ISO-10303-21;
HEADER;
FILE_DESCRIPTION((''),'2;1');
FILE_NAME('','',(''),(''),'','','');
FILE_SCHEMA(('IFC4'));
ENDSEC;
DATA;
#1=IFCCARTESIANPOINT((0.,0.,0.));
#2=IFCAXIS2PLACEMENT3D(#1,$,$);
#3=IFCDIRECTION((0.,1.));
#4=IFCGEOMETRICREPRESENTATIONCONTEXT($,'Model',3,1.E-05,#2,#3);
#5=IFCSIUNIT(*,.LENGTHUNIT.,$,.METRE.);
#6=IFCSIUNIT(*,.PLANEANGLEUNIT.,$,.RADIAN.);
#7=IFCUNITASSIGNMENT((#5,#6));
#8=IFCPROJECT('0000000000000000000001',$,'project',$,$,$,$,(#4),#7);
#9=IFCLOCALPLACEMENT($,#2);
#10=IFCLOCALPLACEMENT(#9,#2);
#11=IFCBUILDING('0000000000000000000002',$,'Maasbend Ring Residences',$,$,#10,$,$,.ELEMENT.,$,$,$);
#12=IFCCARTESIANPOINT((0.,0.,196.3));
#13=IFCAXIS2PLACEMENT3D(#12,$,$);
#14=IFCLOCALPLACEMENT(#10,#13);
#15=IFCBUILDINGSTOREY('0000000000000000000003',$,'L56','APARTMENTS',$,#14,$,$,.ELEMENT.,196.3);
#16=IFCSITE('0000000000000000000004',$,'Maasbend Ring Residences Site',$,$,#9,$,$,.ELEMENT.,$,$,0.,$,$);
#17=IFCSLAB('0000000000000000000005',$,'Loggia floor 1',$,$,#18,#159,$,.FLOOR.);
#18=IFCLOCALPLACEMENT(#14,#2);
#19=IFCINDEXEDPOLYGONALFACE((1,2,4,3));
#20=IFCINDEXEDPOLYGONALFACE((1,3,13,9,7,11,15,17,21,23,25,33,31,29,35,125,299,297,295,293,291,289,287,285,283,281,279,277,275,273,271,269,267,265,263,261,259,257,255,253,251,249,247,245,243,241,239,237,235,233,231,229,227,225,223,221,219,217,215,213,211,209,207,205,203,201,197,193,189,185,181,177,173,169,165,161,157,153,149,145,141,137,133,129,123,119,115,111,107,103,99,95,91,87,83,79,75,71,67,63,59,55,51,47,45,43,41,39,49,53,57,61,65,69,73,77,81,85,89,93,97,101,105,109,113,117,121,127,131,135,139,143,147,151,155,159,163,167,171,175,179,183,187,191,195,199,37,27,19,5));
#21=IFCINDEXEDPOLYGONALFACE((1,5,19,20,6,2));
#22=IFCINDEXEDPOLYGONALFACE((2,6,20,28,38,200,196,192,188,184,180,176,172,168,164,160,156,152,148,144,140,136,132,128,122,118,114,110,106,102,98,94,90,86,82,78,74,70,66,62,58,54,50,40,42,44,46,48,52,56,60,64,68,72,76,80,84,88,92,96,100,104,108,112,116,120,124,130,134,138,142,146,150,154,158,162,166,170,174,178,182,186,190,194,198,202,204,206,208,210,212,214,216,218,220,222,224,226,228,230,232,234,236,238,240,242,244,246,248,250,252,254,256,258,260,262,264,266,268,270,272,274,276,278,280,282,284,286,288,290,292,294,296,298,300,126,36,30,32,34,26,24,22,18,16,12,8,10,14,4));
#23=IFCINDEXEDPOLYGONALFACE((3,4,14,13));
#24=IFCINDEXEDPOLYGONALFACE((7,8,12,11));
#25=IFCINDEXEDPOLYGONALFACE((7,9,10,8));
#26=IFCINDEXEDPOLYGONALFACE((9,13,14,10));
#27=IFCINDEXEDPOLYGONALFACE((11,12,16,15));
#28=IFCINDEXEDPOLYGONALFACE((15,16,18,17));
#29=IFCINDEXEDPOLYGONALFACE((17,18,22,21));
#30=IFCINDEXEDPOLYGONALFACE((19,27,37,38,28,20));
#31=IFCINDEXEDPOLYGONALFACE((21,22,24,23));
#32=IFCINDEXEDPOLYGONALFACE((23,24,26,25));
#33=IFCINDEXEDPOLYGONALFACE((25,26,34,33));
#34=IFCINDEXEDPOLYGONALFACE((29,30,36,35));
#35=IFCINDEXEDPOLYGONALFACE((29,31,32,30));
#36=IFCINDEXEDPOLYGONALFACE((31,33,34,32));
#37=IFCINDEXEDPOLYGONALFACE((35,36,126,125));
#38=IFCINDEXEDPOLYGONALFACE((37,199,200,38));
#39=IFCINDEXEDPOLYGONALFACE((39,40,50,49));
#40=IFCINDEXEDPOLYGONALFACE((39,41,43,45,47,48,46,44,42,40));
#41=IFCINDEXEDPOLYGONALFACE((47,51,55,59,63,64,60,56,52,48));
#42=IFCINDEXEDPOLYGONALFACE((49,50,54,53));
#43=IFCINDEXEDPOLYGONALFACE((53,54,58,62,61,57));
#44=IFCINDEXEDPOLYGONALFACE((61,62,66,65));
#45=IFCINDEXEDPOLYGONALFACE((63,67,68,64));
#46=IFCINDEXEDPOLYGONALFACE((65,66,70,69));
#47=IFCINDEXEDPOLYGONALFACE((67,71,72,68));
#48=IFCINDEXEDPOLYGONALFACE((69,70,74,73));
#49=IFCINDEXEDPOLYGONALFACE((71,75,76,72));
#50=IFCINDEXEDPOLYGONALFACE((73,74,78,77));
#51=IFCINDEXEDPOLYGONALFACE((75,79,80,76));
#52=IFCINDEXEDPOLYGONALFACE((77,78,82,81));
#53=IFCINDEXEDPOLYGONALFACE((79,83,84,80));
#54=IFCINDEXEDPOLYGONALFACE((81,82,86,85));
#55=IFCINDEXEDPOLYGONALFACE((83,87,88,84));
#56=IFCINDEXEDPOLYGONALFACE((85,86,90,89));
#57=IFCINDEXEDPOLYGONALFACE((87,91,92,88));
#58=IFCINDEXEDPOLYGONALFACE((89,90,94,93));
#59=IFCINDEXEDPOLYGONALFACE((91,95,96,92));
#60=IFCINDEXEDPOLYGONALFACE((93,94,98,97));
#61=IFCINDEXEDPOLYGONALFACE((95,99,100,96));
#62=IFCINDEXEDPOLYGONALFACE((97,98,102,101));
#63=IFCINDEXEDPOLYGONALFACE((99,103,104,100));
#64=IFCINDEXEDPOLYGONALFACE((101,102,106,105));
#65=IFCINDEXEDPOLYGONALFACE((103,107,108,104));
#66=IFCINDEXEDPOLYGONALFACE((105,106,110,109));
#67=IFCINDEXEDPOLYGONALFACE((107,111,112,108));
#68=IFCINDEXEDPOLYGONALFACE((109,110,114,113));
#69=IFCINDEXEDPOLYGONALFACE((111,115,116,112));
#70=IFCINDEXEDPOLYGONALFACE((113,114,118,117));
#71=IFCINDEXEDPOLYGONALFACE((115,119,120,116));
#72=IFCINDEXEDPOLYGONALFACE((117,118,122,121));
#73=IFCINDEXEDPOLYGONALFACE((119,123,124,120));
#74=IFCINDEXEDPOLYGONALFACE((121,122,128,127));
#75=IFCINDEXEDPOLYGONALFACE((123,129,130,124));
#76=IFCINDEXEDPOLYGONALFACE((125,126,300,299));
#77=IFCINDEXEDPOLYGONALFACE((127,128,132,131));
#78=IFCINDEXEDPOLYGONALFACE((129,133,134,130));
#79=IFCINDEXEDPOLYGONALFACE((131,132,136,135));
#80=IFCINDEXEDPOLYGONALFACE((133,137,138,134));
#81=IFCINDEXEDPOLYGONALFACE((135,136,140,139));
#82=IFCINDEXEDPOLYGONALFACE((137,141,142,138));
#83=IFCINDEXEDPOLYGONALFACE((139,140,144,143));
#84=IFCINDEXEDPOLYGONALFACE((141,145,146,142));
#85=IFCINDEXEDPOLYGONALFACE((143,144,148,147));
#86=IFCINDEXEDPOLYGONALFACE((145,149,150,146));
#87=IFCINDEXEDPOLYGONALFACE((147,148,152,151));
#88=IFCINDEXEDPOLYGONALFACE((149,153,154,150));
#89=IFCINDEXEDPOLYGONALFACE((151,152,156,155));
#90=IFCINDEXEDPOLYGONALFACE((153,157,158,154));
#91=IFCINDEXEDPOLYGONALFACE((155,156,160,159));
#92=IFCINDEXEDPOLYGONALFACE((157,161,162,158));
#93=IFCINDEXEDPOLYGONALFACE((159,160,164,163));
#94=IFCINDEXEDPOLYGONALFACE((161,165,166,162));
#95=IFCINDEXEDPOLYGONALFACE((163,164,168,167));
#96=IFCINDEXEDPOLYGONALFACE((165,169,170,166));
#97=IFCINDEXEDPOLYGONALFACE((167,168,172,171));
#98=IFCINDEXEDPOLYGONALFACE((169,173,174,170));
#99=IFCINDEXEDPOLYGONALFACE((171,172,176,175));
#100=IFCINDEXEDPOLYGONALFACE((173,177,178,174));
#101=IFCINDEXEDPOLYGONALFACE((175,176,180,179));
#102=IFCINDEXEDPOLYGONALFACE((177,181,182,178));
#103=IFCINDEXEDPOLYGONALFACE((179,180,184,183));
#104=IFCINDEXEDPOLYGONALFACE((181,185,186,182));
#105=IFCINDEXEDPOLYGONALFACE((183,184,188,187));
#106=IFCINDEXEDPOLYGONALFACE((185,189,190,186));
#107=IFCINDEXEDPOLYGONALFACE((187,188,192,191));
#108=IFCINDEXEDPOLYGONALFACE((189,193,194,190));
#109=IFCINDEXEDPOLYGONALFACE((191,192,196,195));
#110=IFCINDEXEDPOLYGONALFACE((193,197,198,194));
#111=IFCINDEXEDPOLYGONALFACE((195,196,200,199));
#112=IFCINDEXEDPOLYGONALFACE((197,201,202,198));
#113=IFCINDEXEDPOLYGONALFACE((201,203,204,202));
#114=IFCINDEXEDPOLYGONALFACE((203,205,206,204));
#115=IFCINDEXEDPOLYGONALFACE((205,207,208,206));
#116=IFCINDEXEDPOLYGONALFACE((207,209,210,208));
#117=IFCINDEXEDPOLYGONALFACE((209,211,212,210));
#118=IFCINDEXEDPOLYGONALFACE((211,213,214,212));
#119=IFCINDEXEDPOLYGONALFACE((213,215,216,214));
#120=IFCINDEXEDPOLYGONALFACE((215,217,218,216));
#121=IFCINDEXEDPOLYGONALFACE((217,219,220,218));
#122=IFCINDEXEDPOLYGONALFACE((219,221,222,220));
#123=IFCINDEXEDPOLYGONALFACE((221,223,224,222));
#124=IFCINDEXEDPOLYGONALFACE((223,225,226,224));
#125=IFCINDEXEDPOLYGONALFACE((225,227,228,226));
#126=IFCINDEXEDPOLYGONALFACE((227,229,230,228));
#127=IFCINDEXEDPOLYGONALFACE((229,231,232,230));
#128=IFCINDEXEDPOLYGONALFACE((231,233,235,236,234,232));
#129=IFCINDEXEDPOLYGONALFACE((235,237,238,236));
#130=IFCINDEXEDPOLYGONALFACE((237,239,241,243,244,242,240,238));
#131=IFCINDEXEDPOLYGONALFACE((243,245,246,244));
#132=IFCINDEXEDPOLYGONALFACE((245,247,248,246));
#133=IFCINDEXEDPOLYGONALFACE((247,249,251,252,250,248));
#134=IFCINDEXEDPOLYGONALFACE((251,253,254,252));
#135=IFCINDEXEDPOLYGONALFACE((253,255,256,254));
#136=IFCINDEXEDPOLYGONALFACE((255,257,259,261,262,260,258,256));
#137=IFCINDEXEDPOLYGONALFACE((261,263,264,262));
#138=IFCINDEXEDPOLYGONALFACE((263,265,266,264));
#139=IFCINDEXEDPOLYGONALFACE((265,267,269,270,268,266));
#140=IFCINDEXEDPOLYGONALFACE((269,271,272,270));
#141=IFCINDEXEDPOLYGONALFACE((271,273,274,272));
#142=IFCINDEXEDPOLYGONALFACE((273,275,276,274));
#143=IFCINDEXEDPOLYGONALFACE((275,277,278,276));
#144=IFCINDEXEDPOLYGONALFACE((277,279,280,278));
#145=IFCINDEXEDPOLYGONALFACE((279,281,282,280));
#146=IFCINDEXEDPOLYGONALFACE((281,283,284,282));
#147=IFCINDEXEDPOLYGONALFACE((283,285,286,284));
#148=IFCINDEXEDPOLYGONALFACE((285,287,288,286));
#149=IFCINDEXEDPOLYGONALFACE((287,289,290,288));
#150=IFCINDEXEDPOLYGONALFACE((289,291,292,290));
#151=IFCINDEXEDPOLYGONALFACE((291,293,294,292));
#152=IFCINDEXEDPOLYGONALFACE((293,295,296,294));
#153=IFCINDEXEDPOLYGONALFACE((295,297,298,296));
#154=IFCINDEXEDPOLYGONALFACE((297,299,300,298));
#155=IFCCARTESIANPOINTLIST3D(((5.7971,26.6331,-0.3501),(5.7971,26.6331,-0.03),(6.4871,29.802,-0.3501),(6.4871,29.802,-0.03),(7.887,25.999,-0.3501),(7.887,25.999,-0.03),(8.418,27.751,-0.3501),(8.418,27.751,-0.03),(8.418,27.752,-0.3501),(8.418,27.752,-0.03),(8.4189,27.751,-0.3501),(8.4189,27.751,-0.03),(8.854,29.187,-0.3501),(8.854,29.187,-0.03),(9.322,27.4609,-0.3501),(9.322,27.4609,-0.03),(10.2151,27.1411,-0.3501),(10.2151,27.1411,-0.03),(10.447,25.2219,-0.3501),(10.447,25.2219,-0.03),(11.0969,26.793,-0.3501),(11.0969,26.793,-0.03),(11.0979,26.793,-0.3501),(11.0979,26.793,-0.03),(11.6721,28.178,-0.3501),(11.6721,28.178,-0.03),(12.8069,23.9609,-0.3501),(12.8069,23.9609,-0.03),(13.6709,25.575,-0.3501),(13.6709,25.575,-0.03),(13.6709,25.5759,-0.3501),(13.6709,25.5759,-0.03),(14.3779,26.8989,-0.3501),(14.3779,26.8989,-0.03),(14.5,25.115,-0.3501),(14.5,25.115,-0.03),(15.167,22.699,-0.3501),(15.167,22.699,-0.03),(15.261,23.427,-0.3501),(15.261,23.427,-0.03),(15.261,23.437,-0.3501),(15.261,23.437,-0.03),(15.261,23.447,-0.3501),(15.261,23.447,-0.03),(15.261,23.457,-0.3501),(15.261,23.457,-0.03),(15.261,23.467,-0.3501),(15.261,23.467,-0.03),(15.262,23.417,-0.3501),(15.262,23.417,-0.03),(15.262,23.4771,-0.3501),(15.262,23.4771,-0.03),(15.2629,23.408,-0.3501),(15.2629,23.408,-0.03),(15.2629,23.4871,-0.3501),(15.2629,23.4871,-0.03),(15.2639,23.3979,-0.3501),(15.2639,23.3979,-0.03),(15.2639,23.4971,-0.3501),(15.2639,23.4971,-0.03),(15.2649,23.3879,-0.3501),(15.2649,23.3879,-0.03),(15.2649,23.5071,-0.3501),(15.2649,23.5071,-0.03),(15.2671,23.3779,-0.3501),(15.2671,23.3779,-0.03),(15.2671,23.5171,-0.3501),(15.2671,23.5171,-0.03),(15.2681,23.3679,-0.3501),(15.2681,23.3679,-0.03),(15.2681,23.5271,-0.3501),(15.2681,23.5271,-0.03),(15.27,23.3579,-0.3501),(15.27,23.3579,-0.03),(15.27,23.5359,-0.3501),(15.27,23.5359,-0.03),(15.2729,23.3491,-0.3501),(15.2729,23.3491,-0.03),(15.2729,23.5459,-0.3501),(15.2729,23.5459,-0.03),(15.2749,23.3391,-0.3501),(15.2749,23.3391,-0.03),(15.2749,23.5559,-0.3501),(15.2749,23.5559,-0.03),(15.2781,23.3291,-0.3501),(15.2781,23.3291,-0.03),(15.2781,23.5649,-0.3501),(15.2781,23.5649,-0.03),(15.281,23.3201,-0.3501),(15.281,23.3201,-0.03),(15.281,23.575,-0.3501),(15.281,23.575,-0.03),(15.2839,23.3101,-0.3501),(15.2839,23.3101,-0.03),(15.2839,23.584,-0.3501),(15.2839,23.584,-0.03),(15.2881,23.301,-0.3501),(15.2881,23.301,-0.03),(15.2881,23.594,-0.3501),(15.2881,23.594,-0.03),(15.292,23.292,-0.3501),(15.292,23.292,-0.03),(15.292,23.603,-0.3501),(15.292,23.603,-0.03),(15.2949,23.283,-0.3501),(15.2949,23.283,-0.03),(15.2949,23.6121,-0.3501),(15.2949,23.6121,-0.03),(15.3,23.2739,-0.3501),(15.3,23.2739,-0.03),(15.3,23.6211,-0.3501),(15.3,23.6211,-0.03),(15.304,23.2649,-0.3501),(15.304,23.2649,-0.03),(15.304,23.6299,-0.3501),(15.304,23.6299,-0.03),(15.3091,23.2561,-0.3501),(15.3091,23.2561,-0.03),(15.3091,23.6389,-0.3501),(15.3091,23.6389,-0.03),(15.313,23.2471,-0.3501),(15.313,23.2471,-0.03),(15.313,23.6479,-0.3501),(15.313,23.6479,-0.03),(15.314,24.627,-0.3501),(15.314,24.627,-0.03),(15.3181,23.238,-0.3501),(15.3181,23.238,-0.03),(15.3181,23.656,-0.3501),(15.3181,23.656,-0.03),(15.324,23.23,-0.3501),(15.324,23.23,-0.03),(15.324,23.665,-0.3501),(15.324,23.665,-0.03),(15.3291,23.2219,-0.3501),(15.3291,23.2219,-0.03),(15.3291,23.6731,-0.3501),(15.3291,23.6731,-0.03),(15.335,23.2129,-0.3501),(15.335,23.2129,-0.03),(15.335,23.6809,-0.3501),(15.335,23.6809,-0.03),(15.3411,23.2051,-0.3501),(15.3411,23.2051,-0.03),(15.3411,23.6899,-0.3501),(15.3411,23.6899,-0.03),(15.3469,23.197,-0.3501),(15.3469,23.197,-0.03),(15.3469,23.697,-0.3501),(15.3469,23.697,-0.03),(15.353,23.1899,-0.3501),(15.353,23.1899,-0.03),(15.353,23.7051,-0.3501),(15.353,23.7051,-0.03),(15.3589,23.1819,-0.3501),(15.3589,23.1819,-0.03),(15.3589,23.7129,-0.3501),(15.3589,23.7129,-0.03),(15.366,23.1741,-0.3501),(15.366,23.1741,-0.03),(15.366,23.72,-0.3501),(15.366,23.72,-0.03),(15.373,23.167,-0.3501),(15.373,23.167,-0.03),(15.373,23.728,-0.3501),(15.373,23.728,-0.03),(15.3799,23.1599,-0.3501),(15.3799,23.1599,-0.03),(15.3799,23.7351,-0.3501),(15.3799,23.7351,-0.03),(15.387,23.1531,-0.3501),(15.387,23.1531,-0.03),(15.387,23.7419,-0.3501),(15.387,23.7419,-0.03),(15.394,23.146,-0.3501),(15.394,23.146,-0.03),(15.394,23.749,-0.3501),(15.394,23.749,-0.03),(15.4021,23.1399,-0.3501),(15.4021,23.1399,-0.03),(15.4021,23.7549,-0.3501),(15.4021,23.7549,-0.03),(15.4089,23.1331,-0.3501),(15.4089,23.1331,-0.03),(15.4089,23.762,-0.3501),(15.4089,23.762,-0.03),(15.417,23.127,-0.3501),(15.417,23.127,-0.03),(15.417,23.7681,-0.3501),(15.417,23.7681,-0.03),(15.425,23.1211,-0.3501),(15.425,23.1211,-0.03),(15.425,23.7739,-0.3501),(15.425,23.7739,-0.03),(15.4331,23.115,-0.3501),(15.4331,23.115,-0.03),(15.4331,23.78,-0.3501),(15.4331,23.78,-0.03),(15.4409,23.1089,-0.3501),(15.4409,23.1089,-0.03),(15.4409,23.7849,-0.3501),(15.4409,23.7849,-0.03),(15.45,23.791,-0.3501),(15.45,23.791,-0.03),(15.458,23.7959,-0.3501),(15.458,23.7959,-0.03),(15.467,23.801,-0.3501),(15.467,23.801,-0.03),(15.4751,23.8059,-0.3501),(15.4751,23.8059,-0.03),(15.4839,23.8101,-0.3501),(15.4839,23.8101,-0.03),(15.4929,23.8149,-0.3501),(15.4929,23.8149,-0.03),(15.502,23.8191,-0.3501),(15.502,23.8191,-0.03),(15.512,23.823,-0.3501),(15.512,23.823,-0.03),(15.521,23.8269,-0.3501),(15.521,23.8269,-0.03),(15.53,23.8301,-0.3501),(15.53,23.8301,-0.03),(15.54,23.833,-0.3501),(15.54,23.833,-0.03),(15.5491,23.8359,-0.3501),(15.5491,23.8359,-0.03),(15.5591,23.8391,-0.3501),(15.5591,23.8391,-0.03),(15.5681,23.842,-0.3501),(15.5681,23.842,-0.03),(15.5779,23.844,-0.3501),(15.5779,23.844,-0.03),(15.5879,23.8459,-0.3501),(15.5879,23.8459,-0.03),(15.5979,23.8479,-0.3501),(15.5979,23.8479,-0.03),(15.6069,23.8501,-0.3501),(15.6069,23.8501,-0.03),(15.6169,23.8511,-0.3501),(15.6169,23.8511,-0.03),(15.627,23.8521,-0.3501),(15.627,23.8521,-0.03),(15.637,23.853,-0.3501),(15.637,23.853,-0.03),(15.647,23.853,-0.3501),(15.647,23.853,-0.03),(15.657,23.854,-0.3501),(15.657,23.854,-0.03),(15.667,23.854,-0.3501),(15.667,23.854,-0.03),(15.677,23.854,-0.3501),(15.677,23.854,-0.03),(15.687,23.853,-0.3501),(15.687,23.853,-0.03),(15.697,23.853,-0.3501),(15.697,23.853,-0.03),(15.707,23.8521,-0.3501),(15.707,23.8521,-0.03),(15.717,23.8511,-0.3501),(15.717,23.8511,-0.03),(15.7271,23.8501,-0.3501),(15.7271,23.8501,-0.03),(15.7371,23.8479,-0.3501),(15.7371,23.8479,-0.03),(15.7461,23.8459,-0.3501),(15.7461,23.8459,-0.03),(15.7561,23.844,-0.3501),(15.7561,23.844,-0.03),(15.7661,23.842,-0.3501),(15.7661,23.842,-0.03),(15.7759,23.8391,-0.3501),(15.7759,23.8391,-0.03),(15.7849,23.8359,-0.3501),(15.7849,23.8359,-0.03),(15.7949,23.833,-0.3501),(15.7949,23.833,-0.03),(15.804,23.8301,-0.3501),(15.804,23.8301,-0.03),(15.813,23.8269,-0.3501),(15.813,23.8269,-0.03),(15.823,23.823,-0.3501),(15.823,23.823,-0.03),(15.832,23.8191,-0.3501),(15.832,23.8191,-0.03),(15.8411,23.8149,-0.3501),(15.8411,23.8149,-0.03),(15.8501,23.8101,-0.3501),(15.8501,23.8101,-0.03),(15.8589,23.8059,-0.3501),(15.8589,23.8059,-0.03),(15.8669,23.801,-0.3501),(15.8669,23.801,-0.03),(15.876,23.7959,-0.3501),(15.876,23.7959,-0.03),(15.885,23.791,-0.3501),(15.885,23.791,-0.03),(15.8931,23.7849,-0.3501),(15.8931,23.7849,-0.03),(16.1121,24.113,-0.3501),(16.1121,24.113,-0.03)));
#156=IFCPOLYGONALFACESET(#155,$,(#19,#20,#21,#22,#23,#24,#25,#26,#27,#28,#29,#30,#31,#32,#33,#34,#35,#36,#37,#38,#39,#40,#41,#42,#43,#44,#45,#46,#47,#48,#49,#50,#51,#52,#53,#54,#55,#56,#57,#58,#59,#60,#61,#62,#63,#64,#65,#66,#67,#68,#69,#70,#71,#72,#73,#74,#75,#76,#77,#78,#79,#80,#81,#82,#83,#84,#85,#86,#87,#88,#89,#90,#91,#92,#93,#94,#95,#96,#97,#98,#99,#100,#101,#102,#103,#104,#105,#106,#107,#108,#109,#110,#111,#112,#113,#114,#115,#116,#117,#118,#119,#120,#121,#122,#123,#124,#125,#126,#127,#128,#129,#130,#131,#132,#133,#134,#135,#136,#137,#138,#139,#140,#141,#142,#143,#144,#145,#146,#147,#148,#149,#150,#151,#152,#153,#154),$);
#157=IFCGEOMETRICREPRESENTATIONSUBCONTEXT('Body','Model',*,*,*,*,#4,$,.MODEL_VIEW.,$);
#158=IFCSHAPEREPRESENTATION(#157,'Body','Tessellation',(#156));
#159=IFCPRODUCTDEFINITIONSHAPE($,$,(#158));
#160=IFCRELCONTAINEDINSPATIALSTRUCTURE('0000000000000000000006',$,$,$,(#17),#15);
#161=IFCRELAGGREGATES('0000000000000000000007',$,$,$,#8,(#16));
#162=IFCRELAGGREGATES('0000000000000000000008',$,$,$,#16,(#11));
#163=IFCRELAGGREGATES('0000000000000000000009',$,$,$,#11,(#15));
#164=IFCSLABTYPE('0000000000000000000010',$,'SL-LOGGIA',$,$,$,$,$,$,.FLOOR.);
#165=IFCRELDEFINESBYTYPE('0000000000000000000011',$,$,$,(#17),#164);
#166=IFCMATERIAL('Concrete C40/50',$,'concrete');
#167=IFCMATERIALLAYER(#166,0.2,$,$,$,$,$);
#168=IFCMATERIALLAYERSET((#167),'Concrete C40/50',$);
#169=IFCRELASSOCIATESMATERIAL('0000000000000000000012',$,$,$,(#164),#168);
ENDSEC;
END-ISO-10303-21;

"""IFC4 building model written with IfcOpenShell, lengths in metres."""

from ifc_helpers import new_model, si_unit, direction, frame, origin, place, context, subcontext, project, spatial, polyline, outline, extrude, material, layer, layer_set, type_object, element, save


model = new_model("IFC4")

# Units and contexts
model_context = context("Model", 3, precision=1e-05, world=origin(), true_north=direction((0.0, 1.0)))
body_context = subcontext(model_context, "Body", "Model", "MODEL_VIEW")
ifc_project = project(units=[si_unit("LENGTHUNIT", "METRE"), si_unit("PLANEANGLEUNIT", "RADIAN")], contexts=[model_context])

# Site, building, storey
site_placement = place(None, origin())
site = spatial("IfcSite", under=ifc_project, at=site_placement, Name="Maasbend Ring Residences Site", CompositionType="ELEMENT", RefElevation=0.0)
building_placement = place(site_placement, origin())
building = spatial("IfcBuilding", under=site, at=building_placement, Name="Maasbend Ring Residences", CompositionType="ELEMENT")
storey_placement = place(building_placement, frame((0.0, 0.0, 196.3)))
storey = spatial("IfcBuildingStorey", under=building, at=storey_placement, Name="L56", Description="APARTMENTS", CompositionType="ELEMENT", Elevation=196.3)

# Slab
ifc_material_1 = material(Name="Concrete C40/50", Category="concrete")
ifc_layer_1 = layer(ifc_material_1, 0.2)
ifc_layer_set_1 = layer_set([ifc_layer_1], Name="Concrete C40/50")
slab_type_1 = type_object("IfcSlabType", Name="SL-LOGGIA", PredefinedType="FLOOR", material=ifc_layer_set_1)
slab_1_placement = place(storey_placement, frame((0.0, 0.0, -0.3501)))
element("IfcSlab", 1, at=slab_1_placement, inside=storey, type_object=slab_type_1, Name="Loggia floor 1", PredefinedType="FLOOR", context=body_context, shape_type="SweptSolid", body=[
    extrude(outline(polyline([(8.854, 29.187), (8.854, 29.187), (8.854, 29.187), (8.418, 27.752), (8.418, 27.752), (8.418, 27.752), (8.418, 27.752), (8.418, 27.752), (8.418, 27.752), (8.418, 27.751), (8.418, 27.751), (8.418, 27.751), (8.418, 27.751), (8.418, 27.751), (8.4189, 27.751), (8.4189, 27.751), (8.4189, 27.751), (8.4189, 27.751), (8.4189, 27.751), (8.4189, 27.751), (9.322, 27.4609), (9.322, 27.4609), (10.2151, 27.1411), (10.2151, 27.1411), (11.0969, 26.793), (11.0969, 26.793), (11.0969, 26.793), (11.0979, 26.793), (11.0979, 26.793), (11.0979, 26.793), (11.0979, 26.793), (11.0979, 26.793), (11.0979, 26.793), (11.0979, 26.793), (11.0979, 26.793), (11.0979, 26.793), (11.0979, 26.793), (11.0979, 26.793), (11.0979, 26.793), (11.0979, 26.793), (11.0979, 26.793), (11.6721, 28.178), (11.6721, 28.178), (11.6721, 28.178), (14.3779, 26.8989), (14.3779, 26.8989), (14.3779, 26.8989), (13.6709, 25.5759), (13.6709, 25.5759), (13.6709, 25.5759), (13.6709, 25.5759), (13.6709, 25.5759), (13.6709, 25.5759), (13.6709, 25.5759), (13.6709, 25.5759), (13.6709, 25.5759), (13.6709, 25.5759), (13.6709, 25.5759), (13.6709, 25.5759), (13.6709, 25.5759), (13.6709, 25.5759), (13.6709, 25.5759), (13.6709, 25.5759), (13.6709, 25.575), (14.5, 25.115), (14.5, 25.115), (15.314, 24.627), (15.314, 24.627), (16.1121, 24.113), (16.1121, 24.113), (16.1121, 24.113), (15.8931, 23.7849), (15.885, 23.791), (15.876, 23.7959), (15.8669, 23.801), (15.8589, 23.8059), (15.8501, 23.8101), (15.8411, 23.8149), (15.832, 23.8191), (15.823, 23.823), (15.813, 23.8269), (15.804, 23.8301), (15.7949, 23.833), (15.7849, 23.8359), (15.7759, 23.8391), (15.7661, 23.842), (15.7561, 23.844), (15.7461, 23.8459), (15.7371, 23.8479), (15.7271, 23.8501), (15.717, 23.8511), (15.707, 23.8521), (15.697, 23.853), (15.687, 23.853), (15.677, 23.854), (15.667, 23.854), (15.657, 23.854), (15.647, 23.853), (15.637, 23.853), (15.627, 23.8521), (15.6169, 23.8511), (15.6069, 23.8501), (15.5979, 23.8479), (15.5879, 23.8459), (15.5779, 23.844), (15.5681, 23.842), (15.5591, 23.8391), (15.5491, 23.8359), (15.54, 23.833), (15.53, 23.8301), (15.521, 23.8269), (15.512, 23.823), (15.502, 23.8191), (15.4929, 23.8149), (15.4839, 23.8101), (15.4751, 23.8059), (15.467, 23.801), (15.458, 23.7959), (15.45, 23.791), (15.4409, 23.7849), (15.4331, 23.78), (15.425, 23.7739), (15.417, 23.7681), (15.4089, 23.762), (15.4021, 23.7549), (15.394, 23.749), (15.387, 23.7419), (15.3799, 23.7351), (15.373, 23.728), (15.366, 23.72), (15.3589, 23.7129), (15.353, 23.7051), (15.3469, 23.697), (15.3411, 23.6899), (15.335, 23.6809), (15.3291, 23.6731), (15.324, 23.665), (15.3181, 23.656), (15.313, 23.6479), (15.3091, 23.6389), (15.304, 23.6299), (15.3, 23.6211), (15.2949, 23.6121), (15.292, 23.603), (15.2881, 23.594), (15.2839, 23.584), (15.281, 23.575), (15.2781, 23.5649), (15.2749, 23.5559), (15.2729, 23.5459), (15.27, 23.5359), (15.2681, 23.5271), (15.2671, 23.5171), (15.2649, 23.5071), (15.2639, 23.4971), (15.2629, 23.4871), (15.262, 23.4771), (15.261, 23.467), (15.261, 23.457), (15.261, 23.447), (15.261, 23.437), (15.261, 23.427), (15.262, 23.417), (15.2629, 23.408), (15.2639, 23.3979), (15.2649, 23.3879), (15.2671, 23.3779), (15.2681, 23.3679), (15.27, 23.3579), (15.2729, 23.3491), (15.2749, 23.3391), (15.2781, 23.3291), (15.281, 23.3201), (15.2839, 23.3101), (15.2881, 23.301), (15.292, 23.292), (15.2949, 23.283), (15.3, 23.2739), (15.304, 23.2649), (15.3091, 23.2561), (15.313, 23.2471), (15.3181, 23.238), (15.324, 23.23), (15.3291, 23.2219), (15.335, 23.2129), (15.3411, 23.2051), (15.3469, 23.197), (15.353, 23.1899), (15.3589, 23.1819), (15.366, 23.1741), (15.373, 23.167), (15.3799, 23.1599), (15.387, 23.1531), (15.394, 23.146), (15.4021, 23.1399), (15.4089, 23.1331), (15.417, 23.127), (15.425, 23.1211), (15.4331, 23.115), (15.4409, 23.1089), (15.167, 22.699), (15.167, 22.699), (15.167, 22.699), (12.8069, 23.9609), (10.447, 25.2219), (10.447, 25.2219), (10.447, 25.2219), (7.887, 25.999), (5.7971, 26.6331), (5.7971, 26.6331), (5.7971, 26.6331), (6.4871, 29.802), (6.4871, 29.802), (6.4871, 29.802), (8.854, 29.187)])), origin(), (0.0, 0.0, 1.0), 0.3201),
])

save(model, "model.ifc")
